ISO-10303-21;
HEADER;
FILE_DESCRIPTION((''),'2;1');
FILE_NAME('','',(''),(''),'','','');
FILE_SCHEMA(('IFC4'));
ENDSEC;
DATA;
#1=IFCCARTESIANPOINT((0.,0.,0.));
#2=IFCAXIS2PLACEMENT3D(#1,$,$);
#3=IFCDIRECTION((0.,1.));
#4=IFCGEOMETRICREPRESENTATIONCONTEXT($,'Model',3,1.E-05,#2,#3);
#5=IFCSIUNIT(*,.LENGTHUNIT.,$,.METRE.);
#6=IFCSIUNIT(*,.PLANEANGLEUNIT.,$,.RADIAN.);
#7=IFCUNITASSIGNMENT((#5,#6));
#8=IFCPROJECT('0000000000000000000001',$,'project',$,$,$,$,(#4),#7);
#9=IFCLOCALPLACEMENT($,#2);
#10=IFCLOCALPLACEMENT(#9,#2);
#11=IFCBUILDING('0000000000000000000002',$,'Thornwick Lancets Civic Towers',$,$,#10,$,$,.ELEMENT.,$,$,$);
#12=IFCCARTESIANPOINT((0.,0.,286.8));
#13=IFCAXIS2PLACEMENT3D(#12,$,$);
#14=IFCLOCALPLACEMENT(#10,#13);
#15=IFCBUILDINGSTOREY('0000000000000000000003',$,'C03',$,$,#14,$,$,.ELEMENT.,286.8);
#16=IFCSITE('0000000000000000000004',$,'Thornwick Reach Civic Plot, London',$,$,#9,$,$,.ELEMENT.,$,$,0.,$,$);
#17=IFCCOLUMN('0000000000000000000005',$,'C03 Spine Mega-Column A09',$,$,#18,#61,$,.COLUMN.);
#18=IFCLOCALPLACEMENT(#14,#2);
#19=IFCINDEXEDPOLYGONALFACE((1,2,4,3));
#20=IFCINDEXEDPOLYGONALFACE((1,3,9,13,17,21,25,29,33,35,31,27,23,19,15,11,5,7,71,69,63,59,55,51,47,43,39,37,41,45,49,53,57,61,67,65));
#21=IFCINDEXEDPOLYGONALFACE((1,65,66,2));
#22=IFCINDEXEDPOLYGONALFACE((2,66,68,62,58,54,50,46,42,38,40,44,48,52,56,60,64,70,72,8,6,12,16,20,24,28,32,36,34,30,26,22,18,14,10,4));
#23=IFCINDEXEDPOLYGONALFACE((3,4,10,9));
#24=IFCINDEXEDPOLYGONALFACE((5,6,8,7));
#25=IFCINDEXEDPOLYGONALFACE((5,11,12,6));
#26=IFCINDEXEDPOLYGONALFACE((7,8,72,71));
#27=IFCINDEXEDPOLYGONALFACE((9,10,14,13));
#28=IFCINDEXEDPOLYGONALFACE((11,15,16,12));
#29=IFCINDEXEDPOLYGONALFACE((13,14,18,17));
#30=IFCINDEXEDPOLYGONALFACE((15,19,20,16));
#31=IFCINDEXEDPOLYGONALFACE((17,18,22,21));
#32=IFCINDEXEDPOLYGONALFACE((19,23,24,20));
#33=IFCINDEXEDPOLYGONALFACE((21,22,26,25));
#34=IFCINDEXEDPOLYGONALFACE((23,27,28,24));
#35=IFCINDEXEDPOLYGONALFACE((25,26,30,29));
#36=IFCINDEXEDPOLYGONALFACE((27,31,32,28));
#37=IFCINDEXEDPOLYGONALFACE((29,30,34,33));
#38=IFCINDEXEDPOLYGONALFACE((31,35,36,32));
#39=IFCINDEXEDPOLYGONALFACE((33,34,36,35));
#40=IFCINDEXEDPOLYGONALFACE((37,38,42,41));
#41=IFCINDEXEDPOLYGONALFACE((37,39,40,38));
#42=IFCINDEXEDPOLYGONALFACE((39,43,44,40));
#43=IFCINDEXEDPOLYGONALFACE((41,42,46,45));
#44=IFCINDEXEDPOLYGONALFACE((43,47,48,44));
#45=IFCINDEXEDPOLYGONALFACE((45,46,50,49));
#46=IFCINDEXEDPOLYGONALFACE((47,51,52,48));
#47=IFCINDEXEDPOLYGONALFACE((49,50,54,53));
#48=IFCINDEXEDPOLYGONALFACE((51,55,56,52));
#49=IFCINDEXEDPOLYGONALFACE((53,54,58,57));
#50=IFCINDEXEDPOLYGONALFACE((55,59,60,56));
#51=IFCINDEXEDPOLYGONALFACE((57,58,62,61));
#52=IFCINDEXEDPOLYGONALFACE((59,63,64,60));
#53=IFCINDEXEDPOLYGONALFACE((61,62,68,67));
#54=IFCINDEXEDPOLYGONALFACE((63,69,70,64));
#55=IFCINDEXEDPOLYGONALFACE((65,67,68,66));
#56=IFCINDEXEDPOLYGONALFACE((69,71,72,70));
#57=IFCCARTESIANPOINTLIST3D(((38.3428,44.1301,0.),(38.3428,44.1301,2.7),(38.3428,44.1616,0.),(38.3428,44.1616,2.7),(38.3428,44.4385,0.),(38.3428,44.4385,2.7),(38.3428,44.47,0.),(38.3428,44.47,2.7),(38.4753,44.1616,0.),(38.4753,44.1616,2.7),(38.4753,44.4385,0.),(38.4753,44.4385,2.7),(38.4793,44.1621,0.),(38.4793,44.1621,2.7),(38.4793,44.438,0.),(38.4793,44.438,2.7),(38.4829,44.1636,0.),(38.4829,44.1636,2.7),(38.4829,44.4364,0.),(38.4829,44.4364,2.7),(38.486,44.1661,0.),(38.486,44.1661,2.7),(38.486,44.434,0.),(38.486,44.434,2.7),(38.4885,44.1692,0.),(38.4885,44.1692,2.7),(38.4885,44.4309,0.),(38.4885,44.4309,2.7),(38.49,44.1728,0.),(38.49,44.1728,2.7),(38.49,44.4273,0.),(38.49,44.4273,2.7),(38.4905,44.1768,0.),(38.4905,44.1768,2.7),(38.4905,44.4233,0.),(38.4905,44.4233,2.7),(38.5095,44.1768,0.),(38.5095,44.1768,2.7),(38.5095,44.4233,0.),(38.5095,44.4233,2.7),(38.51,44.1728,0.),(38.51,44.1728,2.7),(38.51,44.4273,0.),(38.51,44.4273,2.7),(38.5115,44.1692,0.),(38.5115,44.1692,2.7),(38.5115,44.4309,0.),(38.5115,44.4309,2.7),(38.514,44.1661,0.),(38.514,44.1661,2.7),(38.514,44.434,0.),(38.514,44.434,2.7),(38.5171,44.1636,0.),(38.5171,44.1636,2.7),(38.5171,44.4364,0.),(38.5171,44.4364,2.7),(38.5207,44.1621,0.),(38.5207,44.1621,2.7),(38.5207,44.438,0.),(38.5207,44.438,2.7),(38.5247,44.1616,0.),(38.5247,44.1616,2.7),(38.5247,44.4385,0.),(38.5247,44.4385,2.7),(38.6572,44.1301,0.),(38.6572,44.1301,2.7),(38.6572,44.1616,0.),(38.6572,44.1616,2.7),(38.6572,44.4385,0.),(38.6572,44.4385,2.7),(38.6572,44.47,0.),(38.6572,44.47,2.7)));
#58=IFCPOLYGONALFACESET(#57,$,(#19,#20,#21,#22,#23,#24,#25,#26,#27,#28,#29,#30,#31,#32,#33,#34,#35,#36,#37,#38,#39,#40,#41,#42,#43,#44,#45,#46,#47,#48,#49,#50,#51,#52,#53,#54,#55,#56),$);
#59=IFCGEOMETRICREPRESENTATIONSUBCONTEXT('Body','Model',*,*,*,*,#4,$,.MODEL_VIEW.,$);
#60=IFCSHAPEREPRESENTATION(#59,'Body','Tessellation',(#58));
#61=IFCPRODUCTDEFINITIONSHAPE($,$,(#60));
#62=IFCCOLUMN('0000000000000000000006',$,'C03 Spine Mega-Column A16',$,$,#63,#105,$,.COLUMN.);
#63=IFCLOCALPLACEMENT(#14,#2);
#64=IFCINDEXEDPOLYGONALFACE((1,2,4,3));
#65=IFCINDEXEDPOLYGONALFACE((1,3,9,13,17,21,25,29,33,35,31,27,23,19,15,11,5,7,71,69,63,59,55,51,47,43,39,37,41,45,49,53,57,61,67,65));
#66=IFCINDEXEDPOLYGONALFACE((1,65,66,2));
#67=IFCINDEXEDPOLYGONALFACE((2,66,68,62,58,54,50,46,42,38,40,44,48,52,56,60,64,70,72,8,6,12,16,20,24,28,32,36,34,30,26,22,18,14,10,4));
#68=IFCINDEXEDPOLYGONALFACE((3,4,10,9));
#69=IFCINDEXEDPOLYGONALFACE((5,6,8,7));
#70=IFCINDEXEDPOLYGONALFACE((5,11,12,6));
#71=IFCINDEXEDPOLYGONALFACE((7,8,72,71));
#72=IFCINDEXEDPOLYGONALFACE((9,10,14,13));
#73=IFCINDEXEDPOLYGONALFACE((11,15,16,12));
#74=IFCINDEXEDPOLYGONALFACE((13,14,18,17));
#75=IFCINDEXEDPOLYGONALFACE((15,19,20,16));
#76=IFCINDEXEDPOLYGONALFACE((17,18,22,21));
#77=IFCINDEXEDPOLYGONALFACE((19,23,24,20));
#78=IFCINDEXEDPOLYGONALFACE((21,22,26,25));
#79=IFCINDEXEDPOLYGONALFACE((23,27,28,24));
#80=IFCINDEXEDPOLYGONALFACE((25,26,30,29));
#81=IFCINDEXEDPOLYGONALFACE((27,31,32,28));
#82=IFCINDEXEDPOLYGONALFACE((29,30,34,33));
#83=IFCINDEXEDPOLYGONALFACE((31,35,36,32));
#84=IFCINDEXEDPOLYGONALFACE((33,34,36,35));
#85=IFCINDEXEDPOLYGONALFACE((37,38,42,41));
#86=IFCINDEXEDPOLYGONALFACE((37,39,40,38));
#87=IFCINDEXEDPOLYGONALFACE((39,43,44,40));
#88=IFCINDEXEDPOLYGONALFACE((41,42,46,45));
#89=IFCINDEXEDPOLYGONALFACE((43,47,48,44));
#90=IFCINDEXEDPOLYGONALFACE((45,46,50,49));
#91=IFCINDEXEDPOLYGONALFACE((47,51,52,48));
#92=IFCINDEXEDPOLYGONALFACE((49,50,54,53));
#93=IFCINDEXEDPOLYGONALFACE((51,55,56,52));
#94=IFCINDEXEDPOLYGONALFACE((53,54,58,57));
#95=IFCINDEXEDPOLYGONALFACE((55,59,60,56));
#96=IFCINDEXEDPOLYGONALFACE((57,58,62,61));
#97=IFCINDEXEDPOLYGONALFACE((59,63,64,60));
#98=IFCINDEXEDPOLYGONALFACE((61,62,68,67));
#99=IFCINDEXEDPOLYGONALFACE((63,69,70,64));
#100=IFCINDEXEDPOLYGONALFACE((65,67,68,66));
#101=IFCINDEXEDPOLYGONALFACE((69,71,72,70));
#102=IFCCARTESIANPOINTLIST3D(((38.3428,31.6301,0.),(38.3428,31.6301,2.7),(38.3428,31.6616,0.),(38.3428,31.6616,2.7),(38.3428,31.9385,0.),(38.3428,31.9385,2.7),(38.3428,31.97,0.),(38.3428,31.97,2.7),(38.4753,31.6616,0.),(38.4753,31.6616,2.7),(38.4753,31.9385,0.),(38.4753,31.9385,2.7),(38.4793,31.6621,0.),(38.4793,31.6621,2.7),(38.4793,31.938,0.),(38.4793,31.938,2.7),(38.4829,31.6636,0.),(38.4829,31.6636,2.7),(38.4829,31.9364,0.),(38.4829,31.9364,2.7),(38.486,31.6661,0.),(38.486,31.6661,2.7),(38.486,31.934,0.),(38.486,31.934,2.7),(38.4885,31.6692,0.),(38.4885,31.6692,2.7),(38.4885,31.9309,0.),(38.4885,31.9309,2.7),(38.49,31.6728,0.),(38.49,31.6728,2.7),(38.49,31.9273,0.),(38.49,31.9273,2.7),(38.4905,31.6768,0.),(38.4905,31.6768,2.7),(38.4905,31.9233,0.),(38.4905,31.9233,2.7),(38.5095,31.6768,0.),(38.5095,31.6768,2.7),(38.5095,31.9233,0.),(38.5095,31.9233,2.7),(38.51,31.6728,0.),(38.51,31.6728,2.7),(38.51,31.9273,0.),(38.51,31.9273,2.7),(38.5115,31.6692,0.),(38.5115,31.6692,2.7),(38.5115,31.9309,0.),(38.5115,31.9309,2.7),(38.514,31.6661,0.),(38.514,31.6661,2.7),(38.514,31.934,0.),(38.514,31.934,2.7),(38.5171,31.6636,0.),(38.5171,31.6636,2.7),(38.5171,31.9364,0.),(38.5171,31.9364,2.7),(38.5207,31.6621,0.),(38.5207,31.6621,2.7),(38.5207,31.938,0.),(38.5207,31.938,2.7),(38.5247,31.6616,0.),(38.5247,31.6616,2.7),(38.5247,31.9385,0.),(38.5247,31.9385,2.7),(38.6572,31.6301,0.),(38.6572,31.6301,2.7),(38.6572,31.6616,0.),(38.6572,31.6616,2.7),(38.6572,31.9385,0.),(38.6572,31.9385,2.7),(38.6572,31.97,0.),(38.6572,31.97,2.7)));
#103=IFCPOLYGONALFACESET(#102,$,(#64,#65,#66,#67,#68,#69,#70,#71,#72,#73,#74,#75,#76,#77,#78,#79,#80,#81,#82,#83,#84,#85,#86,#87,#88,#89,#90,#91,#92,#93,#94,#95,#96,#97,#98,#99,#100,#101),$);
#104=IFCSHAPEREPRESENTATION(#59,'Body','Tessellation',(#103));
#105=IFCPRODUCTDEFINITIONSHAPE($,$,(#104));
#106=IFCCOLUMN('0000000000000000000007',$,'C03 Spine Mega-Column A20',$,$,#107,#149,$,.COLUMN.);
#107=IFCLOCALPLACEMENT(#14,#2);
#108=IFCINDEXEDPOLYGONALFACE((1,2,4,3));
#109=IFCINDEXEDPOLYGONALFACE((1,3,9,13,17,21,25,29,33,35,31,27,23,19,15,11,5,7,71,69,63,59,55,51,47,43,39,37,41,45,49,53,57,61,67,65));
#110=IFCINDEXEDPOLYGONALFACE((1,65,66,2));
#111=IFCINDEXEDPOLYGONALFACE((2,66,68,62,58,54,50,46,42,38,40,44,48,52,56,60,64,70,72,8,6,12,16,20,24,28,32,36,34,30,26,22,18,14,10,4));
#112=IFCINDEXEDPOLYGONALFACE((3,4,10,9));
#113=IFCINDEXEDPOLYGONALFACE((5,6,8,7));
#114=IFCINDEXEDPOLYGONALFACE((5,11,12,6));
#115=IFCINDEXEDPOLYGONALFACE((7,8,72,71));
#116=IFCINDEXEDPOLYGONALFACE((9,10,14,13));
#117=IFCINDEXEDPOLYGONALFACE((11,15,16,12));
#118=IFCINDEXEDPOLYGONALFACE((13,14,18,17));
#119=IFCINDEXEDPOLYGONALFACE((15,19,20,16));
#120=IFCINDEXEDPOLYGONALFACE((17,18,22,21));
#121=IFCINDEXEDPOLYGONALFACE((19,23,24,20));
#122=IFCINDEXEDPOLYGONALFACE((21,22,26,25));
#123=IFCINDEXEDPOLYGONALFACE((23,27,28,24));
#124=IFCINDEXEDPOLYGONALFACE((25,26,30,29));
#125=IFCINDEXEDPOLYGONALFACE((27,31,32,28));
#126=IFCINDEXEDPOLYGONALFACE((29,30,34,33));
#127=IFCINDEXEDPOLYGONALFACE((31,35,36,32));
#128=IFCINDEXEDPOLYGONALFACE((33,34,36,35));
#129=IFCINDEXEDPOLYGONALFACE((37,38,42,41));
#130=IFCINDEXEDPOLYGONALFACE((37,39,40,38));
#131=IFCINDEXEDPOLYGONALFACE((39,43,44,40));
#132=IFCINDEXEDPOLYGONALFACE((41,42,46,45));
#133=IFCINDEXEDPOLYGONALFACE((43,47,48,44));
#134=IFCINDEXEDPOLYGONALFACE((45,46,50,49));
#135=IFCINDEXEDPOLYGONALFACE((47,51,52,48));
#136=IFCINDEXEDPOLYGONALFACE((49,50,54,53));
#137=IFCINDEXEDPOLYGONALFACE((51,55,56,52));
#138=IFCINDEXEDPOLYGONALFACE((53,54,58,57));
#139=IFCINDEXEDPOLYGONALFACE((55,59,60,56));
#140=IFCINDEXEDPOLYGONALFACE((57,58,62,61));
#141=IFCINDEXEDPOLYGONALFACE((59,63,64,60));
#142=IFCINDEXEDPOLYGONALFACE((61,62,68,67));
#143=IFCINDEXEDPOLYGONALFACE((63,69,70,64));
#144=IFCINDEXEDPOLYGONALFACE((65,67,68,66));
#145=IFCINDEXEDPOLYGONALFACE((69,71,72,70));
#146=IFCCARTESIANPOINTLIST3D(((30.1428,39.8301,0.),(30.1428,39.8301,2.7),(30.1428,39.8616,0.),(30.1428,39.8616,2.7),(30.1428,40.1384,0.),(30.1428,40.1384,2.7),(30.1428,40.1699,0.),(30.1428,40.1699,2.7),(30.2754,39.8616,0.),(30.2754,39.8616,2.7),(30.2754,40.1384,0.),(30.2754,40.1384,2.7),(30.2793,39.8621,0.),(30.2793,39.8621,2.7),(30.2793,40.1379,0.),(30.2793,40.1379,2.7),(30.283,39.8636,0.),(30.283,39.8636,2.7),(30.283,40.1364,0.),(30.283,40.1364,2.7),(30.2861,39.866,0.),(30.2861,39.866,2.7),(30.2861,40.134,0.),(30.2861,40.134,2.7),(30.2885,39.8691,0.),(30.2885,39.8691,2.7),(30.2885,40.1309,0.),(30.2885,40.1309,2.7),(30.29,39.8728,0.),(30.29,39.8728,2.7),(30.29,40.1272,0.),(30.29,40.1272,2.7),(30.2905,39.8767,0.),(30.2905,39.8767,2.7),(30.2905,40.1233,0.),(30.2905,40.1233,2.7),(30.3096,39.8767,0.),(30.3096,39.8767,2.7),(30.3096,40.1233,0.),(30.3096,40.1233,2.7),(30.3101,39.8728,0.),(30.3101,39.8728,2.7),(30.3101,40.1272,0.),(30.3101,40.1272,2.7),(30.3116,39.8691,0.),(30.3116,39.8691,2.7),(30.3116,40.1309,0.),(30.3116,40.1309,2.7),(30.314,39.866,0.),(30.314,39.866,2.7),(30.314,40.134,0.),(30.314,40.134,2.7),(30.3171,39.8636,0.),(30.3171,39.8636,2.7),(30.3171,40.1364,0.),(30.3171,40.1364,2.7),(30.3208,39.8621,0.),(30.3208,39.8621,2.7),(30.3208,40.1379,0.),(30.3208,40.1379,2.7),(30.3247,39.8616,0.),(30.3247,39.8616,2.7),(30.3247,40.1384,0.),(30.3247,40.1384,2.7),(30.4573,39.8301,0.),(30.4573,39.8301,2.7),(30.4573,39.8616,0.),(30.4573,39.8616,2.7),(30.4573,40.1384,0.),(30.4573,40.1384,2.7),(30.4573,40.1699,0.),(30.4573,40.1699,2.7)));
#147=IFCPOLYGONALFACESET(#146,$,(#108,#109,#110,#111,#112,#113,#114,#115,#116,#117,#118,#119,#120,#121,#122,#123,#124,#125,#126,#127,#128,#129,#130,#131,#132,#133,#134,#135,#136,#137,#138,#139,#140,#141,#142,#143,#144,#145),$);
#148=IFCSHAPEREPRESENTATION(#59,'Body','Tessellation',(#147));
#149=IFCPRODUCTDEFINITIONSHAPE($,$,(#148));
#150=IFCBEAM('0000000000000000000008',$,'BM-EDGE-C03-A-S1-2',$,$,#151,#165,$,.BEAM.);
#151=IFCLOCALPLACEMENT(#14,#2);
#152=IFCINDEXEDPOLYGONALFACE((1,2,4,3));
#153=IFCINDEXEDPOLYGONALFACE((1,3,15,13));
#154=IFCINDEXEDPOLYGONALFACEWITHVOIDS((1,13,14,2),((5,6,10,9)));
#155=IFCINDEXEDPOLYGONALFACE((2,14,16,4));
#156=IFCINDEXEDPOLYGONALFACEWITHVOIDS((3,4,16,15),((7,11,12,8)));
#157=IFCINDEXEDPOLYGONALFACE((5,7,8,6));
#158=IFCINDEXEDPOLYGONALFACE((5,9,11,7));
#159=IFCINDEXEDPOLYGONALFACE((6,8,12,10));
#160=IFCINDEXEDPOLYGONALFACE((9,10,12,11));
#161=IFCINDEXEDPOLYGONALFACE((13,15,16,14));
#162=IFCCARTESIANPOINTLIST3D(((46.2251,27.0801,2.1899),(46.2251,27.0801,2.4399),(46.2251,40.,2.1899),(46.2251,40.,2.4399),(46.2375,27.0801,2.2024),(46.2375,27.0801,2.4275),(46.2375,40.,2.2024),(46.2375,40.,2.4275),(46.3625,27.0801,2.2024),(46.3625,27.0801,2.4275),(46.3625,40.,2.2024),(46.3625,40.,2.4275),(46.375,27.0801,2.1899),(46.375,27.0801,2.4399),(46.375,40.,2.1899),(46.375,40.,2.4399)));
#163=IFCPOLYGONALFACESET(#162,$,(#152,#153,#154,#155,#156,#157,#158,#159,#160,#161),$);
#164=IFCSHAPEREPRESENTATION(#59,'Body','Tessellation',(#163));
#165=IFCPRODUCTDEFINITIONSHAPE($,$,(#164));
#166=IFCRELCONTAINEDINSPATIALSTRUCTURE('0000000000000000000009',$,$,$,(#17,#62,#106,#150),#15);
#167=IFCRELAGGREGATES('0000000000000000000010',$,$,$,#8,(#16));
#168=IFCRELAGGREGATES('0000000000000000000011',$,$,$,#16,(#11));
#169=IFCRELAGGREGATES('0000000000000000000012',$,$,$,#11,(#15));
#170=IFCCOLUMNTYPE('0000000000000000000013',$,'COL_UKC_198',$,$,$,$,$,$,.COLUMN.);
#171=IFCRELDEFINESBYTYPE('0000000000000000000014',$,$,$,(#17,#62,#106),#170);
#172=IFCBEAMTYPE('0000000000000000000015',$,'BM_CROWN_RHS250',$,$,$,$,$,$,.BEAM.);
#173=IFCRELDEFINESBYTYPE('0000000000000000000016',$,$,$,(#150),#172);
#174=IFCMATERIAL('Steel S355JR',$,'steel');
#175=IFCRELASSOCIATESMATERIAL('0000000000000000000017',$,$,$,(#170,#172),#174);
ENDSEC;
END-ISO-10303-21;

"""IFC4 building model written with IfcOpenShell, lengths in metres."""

from ifc_helpers import new_model, si_unit, direction, frame, origin, origin_2d, place, context, subcontext, project, spatial, hollow_rectangle, i_section, extrude, material, material_profile, profile_set, type_object, element, save


model = new_model("IFC4")

# Units and contexts
model_context = context("Model", 3, precision=1e-05, world=origin(), true_north=direction((0.0, 1.0)))
body_context = subcontext(model_context, "Body", "Model", "MODEL_VIEW")
ifc_project = project(units=[si_unit("LENGTHUNIT", "METRE"), si_unit("PLANEANGLEUNIT", "RADIAN")], contexts=[model_context])

# Site, building, storey
site_placement = place(None, origin())
site = spatial("IfcSite", under=ifc_project, at=site_placement, Name="Thornwick Reach Civic Plot, London", CompositionType="ELEMENT", RefElevation=0.0)
building_placement = place(site_placement, origin())
building = spatial("IfcBuilding", under=site, at=building_placement, Name="Thornwick Lancets Civic Towers", CompositionType="ELEMENT")
storey_placement = place(building_placement, frame((0.0, 0.0, 286.8)))
storey = spatial("IfcBuildingStorey", under=building, at=storey_placement, Name="C03", CompositionType="ELEMENT", Elevation=286.8)

# Columns
ifc_material_1 = material(Name="Steel S355JR", Category="steel")
ifc_material_profile_1 = material_profile(ifc_material_1, i_section(OverallWidth=0.3145, OverallDepth=0.3398, WebThickness=0.019, FlangeThickness=0.0315, FilletRadius=0.0151, at=origin_2d()), Name="UKC 305x305x198")
ifc_profile_set_1 = profile_set([ifc_material_profile_1], Name="Steel S355JR")
column_type_1 = type_object("IfcColumnType", Name="COL_UKC_198", PredefinedType="COLUMN", material=ifc_profile_set_1)
for number, where, z_axis, x_axis, name in (
    (1, (38.5, 44.3, 0.0), (0.0, 0.0, 1.0), (1.0, 0.0, 0.0), "C03 Spine Mega-Column A09"),
    (2, (38.5, 31.8, 0.0), (0.0, 0.0, 1.0), (1.0, 0.0, 0.0), "C03 Spine Mega-Column A16"),
    (3, (30.3, 40.0, 0.0), (0.0, 0.0, 1.0), (1.0, 0.0, 0.0), "C03 Spine Mega-Column A20"),
):
    element("IfcColumn", number, at=place(storey_placement, frame(where, z_axis=z_axis, x_axis=x_axis)), inside=storey, type_object=column_type_1, Name=name, PredefinedType="COLUMN", context=body_context, shape_type="SweptSolid", body=[
        extrude(i_section(OverallWidth=0.3145, OverallDepth=0.3398, WebThickness=0.019, FlangeThickness=0.0315, FilletRadius=0.0151, at=origin_2d()), origin(), (0.0, 0.0, 1.0), 2.7),
    ])

# Beam
ifc_material_profile_2 = material_profile(ifc_material_1, hollow_rectangle(XDim=0.1499, YDim=0.25, WallThickness=0.0125, at=origin_2d()), Name="RHS 250x150x12.5")
ifc_profile_set_2 = profile_set([ifc_material_profile_2], Name="Steel S355JR")
beam_type_1 = type_object("IfcBeamType", Name="BM_CROWN_RHS250", PredefinedType="BEAM", material=ifc_profile_set_2)
beam_1_placement = place(storey_placement, frame((46.3, 27.0801, 2.3149), z_axis=(0.0, 1.0, 0.0), x_axis=(-1.0, 0.0, 0.0)))
element("IfcBeam", 4, at=beam_1_placement, inside=storey, type_object=beam_type_1, Name="BM-EDGE-C03-A-S1-2", PredefinedType="BEAM", context=body_context, shape_type="SweptSolid", body=[
    extrude(hollow_rectangle(XDim=0.1499, YDim=0.25, WallThickness=0.0125, at=origin_2d()), origin(), (0.0, 0.0, 1.0), 12.9199),
])

save(model, "model.ifc")
